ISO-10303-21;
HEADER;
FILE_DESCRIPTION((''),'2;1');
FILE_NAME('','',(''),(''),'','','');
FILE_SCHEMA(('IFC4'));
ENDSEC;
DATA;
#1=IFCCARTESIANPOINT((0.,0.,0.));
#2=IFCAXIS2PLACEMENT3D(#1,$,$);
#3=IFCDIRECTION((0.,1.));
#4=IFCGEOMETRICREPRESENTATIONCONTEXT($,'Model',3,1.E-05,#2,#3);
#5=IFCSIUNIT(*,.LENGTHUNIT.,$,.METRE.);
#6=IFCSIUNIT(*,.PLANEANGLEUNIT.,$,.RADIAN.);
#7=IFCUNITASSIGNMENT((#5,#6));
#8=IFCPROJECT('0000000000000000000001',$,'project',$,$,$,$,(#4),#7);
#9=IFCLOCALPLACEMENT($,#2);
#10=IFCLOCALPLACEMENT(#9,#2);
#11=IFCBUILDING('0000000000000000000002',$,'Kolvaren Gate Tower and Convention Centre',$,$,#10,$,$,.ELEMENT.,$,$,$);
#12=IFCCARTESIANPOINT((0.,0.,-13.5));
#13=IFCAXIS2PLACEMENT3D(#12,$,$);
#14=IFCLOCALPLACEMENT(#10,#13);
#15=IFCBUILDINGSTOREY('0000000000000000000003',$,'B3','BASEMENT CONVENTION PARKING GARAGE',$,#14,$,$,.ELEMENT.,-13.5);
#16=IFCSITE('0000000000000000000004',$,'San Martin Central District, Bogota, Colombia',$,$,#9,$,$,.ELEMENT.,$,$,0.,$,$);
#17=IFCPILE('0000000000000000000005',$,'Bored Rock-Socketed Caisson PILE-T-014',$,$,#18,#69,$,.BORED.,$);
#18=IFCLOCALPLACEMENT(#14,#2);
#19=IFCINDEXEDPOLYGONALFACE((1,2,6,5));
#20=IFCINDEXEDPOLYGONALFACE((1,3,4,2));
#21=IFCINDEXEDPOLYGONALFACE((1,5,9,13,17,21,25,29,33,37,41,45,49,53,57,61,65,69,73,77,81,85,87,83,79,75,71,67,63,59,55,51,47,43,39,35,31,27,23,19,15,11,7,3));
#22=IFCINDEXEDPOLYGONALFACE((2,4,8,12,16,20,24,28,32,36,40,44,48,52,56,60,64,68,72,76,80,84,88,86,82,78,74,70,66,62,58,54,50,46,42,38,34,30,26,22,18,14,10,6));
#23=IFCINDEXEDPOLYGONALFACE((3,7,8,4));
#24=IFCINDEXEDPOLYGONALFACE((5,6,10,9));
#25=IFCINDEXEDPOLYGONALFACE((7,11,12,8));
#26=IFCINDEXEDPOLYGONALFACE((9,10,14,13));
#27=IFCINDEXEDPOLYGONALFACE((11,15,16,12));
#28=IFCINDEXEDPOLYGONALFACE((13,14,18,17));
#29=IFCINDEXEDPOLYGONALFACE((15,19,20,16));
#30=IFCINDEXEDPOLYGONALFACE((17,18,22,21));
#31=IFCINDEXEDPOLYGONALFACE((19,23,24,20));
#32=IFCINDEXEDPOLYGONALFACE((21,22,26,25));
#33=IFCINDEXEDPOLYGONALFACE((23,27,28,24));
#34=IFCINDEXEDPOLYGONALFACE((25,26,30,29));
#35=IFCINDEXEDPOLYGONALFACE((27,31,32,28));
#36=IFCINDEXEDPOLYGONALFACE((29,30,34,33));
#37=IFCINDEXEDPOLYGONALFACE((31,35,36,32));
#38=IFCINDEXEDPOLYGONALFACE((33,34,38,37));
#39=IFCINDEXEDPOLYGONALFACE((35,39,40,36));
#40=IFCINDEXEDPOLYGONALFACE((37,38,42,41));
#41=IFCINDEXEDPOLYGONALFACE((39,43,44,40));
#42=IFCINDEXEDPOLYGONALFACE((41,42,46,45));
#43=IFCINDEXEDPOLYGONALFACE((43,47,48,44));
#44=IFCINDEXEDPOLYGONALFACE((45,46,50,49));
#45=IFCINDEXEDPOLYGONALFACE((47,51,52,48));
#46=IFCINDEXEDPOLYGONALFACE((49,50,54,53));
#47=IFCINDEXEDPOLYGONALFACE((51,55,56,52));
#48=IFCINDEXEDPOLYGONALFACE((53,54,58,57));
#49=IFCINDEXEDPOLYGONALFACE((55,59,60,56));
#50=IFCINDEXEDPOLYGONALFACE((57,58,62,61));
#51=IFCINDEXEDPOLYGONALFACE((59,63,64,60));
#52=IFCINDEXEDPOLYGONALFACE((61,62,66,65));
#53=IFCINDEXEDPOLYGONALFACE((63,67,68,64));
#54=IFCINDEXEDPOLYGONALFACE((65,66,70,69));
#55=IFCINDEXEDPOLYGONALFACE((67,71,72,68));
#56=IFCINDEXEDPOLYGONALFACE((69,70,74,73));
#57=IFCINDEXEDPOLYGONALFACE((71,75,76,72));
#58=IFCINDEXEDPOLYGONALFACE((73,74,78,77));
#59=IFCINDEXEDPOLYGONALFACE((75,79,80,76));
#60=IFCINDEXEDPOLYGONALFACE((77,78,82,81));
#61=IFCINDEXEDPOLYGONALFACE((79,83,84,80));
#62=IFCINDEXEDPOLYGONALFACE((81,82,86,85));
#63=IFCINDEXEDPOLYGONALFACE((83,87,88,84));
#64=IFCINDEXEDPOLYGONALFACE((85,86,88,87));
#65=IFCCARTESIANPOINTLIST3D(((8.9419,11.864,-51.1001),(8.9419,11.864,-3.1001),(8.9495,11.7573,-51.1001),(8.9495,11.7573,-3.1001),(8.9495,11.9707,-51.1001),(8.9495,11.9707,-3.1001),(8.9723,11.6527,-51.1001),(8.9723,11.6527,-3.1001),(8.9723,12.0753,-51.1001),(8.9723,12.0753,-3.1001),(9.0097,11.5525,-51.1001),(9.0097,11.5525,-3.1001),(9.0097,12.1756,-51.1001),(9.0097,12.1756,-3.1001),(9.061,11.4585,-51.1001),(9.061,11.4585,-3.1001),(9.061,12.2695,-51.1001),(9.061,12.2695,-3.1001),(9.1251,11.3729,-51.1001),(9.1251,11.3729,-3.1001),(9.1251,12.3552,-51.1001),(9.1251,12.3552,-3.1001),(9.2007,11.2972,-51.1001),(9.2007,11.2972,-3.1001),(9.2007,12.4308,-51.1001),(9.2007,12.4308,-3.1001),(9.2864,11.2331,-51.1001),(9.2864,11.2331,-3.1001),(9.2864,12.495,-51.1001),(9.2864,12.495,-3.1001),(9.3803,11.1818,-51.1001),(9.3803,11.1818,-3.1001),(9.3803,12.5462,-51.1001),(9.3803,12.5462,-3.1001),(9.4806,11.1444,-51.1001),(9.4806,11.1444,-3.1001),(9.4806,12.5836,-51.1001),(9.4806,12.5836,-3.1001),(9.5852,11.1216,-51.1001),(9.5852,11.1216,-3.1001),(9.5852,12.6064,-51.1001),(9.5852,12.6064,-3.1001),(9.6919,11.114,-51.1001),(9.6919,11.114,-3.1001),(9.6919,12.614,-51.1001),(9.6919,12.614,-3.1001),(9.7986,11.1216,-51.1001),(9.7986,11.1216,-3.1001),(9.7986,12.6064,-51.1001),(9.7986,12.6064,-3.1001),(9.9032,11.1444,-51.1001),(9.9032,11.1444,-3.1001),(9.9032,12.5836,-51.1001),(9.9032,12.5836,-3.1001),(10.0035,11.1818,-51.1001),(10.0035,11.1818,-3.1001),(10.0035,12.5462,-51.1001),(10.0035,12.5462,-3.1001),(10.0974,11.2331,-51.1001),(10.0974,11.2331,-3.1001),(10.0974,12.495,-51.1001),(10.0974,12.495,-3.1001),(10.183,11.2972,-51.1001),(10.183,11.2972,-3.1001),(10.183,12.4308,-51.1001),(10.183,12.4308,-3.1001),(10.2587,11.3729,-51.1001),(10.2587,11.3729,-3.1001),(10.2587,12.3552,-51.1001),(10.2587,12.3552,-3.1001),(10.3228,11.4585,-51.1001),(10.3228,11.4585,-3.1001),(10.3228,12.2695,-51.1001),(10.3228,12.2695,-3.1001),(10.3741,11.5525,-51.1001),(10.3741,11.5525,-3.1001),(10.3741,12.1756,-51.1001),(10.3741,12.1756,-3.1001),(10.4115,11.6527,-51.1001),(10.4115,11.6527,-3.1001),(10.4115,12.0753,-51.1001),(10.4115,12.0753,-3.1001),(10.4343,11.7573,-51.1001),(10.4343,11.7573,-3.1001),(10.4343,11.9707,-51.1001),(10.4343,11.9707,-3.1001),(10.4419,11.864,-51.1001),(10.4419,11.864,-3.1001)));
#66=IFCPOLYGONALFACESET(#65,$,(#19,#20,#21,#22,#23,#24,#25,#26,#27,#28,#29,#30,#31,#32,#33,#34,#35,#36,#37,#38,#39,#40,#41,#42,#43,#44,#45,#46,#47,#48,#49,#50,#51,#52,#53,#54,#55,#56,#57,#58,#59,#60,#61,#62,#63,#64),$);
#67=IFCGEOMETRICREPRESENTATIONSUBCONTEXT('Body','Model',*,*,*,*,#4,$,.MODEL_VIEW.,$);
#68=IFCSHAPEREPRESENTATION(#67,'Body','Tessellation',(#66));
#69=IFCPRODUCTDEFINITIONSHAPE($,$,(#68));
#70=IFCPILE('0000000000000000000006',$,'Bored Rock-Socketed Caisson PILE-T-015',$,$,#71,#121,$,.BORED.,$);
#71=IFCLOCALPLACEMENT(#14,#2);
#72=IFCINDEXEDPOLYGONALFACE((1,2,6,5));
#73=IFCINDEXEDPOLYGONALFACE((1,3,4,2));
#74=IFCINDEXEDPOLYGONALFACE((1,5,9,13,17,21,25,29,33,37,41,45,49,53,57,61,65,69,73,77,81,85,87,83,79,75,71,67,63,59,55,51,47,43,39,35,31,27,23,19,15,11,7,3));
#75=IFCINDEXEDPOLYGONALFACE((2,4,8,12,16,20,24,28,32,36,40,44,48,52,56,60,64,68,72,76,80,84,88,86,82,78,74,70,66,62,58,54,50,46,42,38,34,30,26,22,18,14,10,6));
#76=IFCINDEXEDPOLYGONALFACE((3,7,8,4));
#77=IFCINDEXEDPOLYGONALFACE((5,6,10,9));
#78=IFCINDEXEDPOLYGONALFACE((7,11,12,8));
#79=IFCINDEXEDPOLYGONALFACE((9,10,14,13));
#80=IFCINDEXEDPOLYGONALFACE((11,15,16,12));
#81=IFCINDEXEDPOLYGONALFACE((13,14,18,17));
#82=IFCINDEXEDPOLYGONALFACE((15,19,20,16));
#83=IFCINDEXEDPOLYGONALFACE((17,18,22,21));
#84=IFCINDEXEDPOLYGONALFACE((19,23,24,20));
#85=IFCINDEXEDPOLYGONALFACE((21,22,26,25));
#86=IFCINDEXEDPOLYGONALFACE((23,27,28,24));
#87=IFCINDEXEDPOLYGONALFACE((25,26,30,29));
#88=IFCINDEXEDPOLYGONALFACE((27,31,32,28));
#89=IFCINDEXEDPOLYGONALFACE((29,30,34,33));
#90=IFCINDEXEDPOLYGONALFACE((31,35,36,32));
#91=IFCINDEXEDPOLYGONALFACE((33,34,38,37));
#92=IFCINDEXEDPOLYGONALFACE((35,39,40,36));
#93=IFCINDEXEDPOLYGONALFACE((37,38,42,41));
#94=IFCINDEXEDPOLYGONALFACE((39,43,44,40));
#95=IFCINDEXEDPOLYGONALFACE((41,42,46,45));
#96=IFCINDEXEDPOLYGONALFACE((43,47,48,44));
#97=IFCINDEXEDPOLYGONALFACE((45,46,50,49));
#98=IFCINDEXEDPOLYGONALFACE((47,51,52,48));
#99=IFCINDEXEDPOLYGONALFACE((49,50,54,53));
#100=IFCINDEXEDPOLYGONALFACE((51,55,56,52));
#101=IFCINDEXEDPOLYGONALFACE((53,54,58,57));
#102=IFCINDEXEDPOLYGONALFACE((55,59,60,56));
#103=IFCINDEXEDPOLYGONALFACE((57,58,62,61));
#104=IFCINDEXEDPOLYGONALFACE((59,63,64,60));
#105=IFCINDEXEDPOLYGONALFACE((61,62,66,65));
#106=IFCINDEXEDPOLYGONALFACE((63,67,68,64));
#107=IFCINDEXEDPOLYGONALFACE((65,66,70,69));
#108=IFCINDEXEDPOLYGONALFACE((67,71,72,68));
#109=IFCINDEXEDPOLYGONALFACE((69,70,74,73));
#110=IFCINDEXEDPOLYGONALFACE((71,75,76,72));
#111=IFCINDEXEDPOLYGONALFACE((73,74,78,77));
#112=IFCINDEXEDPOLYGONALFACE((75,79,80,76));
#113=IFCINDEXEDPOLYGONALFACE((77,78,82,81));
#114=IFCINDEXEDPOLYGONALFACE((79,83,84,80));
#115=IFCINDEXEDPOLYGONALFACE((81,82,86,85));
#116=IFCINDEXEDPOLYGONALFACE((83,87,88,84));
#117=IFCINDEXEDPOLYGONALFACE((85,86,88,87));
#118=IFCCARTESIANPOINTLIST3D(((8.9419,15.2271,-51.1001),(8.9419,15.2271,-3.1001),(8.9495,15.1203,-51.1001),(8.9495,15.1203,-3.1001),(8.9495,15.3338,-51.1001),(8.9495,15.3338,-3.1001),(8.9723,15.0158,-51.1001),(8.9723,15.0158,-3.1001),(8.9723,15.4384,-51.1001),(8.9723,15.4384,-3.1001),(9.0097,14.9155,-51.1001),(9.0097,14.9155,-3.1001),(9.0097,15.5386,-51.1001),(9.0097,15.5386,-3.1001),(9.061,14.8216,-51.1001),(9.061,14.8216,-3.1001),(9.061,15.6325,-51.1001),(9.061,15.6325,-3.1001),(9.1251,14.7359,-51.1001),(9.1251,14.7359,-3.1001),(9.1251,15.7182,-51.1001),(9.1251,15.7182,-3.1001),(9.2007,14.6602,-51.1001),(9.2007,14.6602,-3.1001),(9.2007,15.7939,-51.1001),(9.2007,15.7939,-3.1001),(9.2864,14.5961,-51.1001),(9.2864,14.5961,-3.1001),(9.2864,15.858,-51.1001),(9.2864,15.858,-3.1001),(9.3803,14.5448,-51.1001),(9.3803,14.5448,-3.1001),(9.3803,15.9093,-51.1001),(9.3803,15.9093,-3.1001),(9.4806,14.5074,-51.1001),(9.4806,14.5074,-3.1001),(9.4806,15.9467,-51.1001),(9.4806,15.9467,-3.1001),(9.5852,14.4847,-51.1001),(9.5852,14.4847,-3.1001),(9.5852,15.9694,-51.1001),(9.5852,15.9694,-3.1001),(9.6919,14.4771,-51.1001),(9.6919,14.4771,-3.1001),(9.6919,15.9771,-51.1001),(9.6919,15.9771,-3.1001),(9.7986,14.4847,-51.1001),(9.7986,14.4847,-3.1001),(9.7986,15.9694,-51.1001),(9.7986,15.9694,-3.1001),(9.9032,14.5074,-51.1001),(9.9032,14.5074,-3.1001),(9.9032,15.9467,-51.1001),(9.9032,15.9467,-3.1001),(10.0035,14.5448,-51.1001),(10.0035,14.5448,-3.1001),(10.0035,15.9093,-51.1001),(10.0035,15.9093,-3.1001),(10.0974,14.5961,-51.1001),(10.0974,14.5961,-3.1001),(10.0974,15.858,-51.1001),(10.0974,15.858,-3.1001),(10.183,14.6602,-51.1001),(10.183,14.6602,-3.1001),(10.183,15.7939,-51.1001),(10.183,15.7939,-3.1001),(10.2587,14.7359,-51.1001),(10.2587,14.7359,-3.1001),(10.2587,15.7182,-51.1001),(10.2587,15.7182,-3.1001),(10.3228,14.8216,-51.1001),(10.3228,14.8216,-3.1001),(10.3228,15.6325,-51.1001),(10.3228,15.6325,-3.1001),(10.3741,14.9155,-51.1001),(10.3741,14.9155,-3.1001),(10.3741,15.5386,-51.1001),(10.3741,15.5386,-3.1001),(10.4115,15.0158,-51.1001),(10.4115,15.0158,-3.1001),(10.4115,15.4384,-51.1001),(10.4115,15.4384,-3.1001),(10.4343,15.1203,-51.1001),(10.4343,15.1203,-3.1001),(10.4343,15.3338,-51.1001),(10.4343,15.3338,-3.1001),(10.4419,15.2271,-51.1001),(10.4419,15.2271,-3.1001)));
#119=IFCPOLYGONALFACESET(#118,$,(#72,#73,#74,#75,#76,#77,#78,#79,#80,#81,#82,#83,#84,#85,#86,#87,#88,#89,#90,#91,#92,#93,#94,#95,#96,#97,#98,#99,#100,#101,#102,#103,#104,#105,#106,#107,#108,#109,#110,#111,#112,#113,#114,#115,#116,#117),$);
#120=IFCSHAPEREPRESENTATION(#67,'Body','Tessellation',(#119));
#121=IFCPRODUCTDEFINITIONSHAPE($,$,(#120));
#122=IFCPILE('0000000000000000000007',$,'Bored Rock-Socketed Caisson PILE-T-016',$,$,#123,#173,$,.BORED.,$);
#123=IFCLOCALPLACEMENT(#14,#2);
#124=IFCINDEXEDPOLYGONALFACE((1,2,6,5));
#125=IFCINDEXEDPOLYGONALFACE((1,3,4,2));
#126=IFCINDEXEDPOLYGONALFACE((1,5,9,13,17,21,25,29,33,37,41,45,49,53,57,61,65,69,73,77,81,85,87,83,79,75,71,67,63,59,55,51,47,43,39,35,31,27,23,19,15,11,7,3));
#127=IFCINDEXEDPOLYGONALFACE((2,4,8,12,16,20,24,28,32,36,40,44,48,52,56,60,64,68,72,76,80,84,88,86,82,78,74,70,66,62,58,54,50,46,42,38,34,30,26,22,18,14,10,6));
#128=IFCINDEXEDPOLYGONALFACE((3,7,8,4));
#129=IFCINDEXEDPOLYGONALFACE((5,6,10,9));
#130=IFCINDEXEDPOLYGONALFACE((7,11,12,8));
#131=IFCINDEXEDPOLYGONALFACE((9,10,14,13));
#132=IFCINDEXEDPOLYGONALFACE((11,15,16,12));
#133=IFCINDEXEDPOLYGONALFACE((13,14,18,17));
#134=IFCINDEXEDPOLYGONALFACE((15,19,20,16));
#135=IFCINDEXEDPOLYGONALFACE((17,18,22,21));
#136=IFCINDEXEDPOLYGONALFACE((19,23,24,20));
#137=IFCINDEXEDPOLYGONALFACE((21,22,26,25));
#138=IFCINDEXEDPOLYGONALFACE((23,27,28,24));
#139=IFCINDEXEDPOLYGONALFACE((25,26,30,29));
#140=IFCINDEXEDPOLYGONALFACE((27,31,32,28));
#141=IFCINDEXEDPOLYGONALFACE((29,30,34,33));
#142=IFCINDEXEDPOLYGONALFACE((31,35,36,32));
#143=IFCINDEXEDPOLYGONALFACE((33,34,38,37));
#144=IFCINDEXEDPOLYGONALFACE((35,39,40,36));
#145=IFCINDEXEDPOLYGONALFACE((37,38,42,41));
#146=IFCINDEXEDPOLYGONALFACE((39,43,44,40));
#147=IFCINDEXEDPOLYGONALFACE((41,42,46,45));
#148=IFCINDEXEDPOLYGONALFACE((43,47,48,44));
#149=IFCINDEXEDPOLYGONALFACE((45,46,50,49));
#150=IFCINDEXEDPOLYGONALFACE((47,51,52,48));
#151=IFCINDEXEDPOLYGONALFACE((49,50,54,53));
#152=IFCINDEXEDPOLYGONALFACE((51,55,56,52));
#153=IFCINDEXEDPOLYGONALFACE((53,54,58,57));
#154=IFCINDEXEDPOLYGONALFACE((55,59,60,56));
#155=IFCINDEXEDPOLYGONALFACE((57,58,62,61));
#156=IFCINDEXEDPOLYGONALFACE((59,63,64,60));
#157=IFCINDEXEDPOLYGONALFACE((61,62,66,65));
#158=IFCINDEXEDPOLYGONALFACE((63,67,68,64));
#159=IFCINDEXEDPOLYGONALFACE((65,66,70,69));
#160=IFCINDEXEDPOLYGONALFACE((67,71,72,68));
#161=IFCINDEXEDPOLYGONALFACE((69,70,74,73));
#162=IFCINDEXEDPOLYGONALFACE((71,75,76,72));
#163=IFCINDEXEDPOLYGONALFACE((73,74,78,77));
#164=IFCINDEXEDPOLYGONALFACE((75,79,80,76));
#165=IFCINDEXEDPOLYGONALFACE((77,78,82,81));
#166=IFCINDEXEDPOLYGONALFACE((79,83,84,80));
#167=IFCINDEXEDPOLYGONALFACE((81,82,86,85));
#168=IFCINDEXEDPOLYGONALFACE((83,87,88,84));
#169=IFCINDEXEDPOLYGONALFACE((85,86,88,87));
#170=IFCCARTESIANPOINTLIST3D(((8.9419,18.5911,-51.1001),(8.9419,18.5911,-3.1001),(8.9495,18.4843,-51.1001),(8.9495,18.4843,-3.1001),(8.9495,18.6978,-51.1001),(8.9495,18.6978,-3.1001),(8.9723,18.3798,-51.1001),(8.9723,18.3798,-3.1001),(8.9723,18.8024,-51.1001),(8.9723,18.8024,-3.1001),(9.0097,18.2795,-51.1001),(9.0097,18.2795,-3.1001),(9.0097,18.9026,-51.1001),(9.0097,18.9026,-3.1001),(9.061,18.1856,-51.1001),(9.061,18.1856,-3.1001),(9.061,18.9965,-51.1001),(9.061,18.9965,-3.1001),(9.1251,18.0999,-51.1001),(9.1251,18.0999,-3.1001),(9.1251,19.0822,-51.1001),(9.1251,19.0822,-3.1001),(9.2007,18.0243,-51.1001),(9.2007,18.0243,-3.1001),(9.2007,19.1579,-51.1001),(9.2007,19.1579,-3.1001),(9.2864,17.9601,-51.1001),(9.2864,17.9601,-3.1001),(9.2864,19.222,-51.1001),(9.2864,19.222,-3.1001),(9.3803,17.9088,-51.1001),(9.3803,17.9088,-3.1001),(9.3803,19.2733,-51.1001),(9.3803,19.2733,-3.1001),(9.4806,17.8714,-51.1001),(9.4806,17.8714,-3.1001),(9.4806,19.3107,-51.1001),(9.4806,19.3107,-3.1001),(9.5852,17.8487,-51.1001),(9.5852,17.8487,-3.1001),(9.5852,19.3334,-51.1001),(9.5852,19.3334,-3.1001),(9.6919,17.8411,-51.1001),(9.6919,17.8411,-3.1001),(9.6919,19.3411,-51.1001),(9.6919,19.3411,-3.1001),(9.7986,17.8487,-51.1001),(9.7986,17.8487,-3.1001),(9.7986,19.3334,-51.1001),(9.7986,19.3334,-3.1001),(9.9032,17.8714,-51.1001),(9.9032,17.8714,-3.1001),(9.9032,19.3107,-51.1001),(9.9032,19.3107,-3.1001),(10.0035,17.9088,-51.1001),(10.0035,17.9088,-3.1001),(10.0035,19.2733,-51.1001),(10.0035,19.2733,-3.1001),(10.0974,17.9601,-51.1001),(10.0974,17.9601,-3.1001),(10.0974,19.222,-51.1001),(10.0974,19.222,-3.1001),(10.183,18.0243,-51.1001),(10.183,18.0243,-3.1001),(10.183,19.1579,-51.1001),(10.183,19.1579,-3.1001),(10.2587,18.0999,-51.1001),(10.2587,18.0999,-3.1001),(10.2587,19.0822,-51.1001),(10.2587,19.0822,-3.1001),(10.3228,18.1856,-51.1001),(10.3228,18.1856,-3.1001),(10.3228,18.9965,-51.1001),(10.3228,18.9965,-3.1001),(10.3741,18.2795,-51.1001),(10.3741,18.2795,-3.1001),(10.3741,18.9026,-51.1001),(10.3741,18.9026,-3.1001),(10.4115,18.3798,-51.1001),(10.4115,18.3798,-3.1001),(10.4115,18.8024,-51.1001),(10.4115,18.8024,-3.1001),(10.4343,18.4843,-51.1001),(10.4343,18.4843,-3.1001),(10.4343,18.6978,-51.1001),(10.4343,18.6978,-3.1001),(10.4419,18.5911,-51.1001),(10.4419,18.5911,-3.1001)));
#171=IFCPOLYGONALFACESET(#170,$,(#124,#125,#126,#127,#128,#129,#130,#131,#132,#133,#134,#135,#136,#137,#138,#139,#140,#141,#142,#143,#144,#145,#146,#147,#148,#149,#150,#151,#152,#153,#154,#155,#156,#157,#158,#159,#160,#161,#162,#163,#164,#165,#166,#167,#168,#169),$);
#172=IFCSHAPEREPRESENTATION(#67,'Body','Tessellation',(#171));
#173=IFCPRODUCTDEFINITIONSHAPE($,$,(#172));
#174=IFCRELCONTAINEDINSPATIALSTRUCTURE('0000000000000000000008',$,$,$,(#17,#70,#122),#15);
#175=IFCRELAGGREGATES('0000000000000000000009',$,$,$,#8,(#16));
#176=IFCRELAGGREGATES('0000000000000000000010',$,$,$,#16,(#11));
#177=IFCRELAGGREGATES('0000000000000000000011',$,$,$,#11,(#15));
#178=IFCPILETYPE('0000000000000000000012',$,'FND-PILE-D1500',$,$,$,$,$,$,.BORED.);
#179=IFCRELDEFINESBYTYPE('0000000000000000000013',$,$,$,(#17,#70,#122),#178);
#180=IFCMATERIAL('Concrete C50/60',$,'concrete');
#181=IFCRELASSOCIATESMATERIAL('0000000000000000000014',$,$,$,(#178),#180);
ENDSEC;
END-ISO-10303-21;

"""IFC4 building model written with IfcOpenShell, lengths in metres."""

from ifc_helpers import new_model, si_unit, direction, frame, origin, origin_2d, place, context, subcontext, project, spatial, circle, extrude, material, material_profile, profile_set, type_object, element, save


model = new_model("IFC4")

# Units and contexts
model_context = context("Model", 3, precision=1e-05, world=origin(), true_north=direction((0.0, 1.0)))
body_context = subcontext(model_context, "Body", "Model", "MODEL_VIEW")
ifc_project = project(units=[si_unit("LENGTHUNIT", "METRE"), si_unit("PLANEANGLEUNIT", "RADIAN")], contexts=[model_context])

# Site, building, storey
site_placement = place(None, origin())
site = spatial("IfcSite", under=ifc_project, at=site_placement, Name="San Martin Central District, Bogota, Colombia", CompositionType="ELEMENT", RefElevation=0.0)
building_placement = place(site_placement, origin())
building = spatial("IfcBuilding", under=site, at=building_placement, Name="Kolvaren Gate Tower and Convention Centre", CompositionType="ELEMENT")
storey_placement = place(building_placement, frame((0.0, 0.0, -13.5)))
storey = spatial("IfcBuildingStorey", under=building, at=storey_placement, Name="B3", Description="BASEMENT CONVENTION PARKING GARAGE", CompositionType="ELEMENT", Elevation=-13.5)

# Piles
ifc_material_1 = material(Name="Concrete C50/60", Category="concrete")
ifc_material_profile_1 = material_profile(ifc_material_1, circle(Radius=0.75, at=origin_2d()), Name="CAISSON-D1500")
ifc_profile_set_1 = profile_set([ifc_material_profile_1], Name="Concrete C50/60")
pile_type = type_object("IfcPileType", Name="FND-PILE-D1500", PredefinedType="BORED", material=ifc_profile_set_1)
for number, where, z_axis, x_axis, name in (
    (1, (9.6919, 11.864, -3.1001), (0.0, 0.0, -1.0), (1.0, 0.0, 0.0), "Bored Rock-Socketed Caisson PILE-T-014"),
    (2, (9.6919, 15.2271, -3.1001), (0.0, 0.0, -1.0), (1.0, 0.0, 0.0), "Bored Rock-Socketed Caisson PILE-T-015"),
    (3, (9.6919, 18.5911, -3.1001), (0.0, 0.0, -1.0), (1.0, 0.0, 0.0), "Bored Rock-Socketed Caisson PILE-T-016"),
):
    element("IfcPile", number, at=place(storey_placement, frame(where, z_axis=z_axis, x_axis=x_axis)), inside=storey, type_object=pile_type, Name=name, PredefinedType="BORED", context=body_context, shape_type="SweptSolid", body=[
        extrude(circle(Radius=0.75, at=origin_2d()), origin(), (0.0, 0.0, 1.0), 48.0),
    ])

save(model, "model.ifc")
